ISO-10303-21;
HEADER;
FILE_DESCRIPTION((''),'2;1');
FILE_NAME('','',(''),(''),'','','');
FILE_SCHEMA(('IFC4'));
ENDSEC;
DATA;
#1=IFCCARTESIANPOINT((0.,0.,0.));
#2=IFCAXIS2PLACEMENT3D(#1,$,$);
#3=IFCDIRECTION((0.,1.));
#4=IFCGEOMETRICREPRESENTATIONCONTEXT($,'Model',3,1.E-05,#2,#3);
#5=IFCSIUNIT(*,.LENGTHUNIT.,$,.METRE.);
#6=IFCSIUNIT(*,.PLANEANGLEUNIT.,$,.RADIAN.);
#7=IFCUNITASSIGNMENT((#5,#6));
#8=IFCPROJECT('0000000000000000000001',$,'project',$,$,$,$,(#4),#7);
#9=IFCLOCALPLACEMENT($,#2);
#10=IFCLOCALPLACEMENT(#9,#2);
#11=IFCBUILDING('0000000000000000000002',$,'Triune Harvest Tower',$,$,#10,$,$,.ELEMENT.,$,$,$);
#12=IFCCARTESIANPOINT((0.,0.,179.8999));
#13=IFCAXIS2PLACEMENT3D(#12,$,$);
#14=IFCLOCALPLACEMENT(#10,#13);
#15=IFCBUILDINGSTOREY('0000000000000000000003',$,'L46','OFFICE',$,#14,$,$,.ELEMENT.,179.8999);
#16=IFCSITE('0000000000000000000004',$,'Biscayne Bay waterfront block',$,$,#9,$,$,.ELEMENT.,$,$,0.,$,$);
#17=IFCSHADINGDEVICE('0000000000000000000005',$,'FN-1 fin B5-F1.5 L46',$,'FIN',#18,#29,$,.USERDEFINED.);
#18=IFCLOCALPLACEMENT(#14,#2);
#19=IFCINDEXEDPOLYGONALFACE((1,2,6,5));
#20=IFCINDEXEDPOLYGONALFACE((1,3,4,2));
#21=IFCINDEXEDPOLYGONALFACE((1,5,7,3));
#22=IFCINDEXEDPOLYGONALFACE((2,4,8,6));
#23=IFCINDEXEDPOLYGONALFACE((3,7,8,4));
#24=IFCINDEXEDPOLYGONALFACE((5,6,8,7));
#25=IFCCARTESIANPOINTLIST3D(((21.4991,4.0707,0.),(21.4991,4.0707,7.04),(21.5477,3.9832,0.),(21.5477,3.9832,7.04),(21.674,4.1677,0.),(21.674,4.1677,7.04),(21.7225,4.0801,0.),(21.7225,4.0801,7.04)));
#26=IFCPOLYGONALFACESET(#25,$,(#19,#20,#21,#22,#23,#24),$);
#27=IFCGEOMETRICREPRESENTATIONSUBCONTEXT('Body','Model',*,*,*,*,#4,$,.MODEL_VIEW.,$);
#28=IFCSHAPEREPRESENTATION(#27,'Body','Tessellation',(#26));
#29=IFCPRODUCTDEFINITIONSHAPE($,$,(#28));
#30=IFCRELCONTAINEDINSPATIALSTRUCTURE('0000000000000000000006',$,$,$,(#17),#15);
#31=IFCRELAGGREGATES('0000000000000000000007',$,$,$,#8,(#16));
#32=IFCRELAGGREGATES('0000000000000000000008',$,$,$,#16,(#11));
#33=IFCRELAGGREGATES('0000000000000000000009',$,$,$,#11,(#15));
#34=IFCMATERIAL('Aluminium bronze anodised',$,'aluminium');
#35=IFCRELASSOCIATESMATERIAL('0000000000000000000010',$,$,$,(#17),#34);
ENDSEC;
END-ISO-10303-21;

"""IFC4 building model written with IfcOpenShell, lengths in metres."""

from ifc_helpers import new_model, si_unit, direction, frame, origin, origin_2d, place, context, subcontext, project, spatial, rectangle, extrude, source, transform, mapped, material, element, save


model = new_model("IFC4")

# Units and contexts
model_context = context("Model", 3, precision=1e-05, world=origin(), true_north=direction((0.0, 1.0)))
body_context = subcontext(model_context, "Body", "Model", "MODEL_VIEW")
ifc_project = project(units=[si_unit("LENGTHUNIT", "METRE"), si_unit("PLANEANGLEUNIT", "RADIAN")], contexts=[model_context])

# Site, building, storey
site_placement = place(None, origin())
site = spatial("IfcSite", under=ifc_project, at=site_placement, Name="Biscayne Bay waterfront block", CompositionType="ELEMENT", RefElevation=0.0)
building_placement = place(site_placement, origin())
building = spatial("IfcBuilding", under=site, at=building_placement, Name="Triune Harvest Tower", CompositionType="ELEMENT")
storey_placement = place(building_placement, frame((0.0, 0.0, 179.8999)))
storey = spatial("IfcBuildingStorey", under=building, at=storey_placement, Name="L46", Description="OFFICE", CompositionType="ELEMENT", Elevation=179.8999)

# Shading device
ifc_material_1 = material(Name="Aluminium bronze anodised", Category="aluminium")
shared_shape_1 = source(origin(), body_context, "Body", "SweptSolid", [
    extrude(rectangle(XDim=0.1001, YDim=0.2, at=origin_2d()), origin(), (0.0, 0.0, 1.0), 7.04),
])
shading_device_placement = place(storey_placement, frame((21.6108, 4.0754, 0.0), z_axis=(0.0, 0.0, 1.0), x_axis=(-0.484808, 0.87462, 0.0)))
element("IfcShadingDevice", 1, at=shading_device_placement, inside=storey, material=ifc_material_1, Name="FN-1 fin B5-F1.5 L46", ObjectType="FIN", PredefinedType="USERDEFINED", context=body_context, shape_type="MappedRepresentation", body=[
    mapped(shared_shape_1, transform((0.0, 0.0, 0.0), scale=1.0)),
])

save(model, "model.ifc")
